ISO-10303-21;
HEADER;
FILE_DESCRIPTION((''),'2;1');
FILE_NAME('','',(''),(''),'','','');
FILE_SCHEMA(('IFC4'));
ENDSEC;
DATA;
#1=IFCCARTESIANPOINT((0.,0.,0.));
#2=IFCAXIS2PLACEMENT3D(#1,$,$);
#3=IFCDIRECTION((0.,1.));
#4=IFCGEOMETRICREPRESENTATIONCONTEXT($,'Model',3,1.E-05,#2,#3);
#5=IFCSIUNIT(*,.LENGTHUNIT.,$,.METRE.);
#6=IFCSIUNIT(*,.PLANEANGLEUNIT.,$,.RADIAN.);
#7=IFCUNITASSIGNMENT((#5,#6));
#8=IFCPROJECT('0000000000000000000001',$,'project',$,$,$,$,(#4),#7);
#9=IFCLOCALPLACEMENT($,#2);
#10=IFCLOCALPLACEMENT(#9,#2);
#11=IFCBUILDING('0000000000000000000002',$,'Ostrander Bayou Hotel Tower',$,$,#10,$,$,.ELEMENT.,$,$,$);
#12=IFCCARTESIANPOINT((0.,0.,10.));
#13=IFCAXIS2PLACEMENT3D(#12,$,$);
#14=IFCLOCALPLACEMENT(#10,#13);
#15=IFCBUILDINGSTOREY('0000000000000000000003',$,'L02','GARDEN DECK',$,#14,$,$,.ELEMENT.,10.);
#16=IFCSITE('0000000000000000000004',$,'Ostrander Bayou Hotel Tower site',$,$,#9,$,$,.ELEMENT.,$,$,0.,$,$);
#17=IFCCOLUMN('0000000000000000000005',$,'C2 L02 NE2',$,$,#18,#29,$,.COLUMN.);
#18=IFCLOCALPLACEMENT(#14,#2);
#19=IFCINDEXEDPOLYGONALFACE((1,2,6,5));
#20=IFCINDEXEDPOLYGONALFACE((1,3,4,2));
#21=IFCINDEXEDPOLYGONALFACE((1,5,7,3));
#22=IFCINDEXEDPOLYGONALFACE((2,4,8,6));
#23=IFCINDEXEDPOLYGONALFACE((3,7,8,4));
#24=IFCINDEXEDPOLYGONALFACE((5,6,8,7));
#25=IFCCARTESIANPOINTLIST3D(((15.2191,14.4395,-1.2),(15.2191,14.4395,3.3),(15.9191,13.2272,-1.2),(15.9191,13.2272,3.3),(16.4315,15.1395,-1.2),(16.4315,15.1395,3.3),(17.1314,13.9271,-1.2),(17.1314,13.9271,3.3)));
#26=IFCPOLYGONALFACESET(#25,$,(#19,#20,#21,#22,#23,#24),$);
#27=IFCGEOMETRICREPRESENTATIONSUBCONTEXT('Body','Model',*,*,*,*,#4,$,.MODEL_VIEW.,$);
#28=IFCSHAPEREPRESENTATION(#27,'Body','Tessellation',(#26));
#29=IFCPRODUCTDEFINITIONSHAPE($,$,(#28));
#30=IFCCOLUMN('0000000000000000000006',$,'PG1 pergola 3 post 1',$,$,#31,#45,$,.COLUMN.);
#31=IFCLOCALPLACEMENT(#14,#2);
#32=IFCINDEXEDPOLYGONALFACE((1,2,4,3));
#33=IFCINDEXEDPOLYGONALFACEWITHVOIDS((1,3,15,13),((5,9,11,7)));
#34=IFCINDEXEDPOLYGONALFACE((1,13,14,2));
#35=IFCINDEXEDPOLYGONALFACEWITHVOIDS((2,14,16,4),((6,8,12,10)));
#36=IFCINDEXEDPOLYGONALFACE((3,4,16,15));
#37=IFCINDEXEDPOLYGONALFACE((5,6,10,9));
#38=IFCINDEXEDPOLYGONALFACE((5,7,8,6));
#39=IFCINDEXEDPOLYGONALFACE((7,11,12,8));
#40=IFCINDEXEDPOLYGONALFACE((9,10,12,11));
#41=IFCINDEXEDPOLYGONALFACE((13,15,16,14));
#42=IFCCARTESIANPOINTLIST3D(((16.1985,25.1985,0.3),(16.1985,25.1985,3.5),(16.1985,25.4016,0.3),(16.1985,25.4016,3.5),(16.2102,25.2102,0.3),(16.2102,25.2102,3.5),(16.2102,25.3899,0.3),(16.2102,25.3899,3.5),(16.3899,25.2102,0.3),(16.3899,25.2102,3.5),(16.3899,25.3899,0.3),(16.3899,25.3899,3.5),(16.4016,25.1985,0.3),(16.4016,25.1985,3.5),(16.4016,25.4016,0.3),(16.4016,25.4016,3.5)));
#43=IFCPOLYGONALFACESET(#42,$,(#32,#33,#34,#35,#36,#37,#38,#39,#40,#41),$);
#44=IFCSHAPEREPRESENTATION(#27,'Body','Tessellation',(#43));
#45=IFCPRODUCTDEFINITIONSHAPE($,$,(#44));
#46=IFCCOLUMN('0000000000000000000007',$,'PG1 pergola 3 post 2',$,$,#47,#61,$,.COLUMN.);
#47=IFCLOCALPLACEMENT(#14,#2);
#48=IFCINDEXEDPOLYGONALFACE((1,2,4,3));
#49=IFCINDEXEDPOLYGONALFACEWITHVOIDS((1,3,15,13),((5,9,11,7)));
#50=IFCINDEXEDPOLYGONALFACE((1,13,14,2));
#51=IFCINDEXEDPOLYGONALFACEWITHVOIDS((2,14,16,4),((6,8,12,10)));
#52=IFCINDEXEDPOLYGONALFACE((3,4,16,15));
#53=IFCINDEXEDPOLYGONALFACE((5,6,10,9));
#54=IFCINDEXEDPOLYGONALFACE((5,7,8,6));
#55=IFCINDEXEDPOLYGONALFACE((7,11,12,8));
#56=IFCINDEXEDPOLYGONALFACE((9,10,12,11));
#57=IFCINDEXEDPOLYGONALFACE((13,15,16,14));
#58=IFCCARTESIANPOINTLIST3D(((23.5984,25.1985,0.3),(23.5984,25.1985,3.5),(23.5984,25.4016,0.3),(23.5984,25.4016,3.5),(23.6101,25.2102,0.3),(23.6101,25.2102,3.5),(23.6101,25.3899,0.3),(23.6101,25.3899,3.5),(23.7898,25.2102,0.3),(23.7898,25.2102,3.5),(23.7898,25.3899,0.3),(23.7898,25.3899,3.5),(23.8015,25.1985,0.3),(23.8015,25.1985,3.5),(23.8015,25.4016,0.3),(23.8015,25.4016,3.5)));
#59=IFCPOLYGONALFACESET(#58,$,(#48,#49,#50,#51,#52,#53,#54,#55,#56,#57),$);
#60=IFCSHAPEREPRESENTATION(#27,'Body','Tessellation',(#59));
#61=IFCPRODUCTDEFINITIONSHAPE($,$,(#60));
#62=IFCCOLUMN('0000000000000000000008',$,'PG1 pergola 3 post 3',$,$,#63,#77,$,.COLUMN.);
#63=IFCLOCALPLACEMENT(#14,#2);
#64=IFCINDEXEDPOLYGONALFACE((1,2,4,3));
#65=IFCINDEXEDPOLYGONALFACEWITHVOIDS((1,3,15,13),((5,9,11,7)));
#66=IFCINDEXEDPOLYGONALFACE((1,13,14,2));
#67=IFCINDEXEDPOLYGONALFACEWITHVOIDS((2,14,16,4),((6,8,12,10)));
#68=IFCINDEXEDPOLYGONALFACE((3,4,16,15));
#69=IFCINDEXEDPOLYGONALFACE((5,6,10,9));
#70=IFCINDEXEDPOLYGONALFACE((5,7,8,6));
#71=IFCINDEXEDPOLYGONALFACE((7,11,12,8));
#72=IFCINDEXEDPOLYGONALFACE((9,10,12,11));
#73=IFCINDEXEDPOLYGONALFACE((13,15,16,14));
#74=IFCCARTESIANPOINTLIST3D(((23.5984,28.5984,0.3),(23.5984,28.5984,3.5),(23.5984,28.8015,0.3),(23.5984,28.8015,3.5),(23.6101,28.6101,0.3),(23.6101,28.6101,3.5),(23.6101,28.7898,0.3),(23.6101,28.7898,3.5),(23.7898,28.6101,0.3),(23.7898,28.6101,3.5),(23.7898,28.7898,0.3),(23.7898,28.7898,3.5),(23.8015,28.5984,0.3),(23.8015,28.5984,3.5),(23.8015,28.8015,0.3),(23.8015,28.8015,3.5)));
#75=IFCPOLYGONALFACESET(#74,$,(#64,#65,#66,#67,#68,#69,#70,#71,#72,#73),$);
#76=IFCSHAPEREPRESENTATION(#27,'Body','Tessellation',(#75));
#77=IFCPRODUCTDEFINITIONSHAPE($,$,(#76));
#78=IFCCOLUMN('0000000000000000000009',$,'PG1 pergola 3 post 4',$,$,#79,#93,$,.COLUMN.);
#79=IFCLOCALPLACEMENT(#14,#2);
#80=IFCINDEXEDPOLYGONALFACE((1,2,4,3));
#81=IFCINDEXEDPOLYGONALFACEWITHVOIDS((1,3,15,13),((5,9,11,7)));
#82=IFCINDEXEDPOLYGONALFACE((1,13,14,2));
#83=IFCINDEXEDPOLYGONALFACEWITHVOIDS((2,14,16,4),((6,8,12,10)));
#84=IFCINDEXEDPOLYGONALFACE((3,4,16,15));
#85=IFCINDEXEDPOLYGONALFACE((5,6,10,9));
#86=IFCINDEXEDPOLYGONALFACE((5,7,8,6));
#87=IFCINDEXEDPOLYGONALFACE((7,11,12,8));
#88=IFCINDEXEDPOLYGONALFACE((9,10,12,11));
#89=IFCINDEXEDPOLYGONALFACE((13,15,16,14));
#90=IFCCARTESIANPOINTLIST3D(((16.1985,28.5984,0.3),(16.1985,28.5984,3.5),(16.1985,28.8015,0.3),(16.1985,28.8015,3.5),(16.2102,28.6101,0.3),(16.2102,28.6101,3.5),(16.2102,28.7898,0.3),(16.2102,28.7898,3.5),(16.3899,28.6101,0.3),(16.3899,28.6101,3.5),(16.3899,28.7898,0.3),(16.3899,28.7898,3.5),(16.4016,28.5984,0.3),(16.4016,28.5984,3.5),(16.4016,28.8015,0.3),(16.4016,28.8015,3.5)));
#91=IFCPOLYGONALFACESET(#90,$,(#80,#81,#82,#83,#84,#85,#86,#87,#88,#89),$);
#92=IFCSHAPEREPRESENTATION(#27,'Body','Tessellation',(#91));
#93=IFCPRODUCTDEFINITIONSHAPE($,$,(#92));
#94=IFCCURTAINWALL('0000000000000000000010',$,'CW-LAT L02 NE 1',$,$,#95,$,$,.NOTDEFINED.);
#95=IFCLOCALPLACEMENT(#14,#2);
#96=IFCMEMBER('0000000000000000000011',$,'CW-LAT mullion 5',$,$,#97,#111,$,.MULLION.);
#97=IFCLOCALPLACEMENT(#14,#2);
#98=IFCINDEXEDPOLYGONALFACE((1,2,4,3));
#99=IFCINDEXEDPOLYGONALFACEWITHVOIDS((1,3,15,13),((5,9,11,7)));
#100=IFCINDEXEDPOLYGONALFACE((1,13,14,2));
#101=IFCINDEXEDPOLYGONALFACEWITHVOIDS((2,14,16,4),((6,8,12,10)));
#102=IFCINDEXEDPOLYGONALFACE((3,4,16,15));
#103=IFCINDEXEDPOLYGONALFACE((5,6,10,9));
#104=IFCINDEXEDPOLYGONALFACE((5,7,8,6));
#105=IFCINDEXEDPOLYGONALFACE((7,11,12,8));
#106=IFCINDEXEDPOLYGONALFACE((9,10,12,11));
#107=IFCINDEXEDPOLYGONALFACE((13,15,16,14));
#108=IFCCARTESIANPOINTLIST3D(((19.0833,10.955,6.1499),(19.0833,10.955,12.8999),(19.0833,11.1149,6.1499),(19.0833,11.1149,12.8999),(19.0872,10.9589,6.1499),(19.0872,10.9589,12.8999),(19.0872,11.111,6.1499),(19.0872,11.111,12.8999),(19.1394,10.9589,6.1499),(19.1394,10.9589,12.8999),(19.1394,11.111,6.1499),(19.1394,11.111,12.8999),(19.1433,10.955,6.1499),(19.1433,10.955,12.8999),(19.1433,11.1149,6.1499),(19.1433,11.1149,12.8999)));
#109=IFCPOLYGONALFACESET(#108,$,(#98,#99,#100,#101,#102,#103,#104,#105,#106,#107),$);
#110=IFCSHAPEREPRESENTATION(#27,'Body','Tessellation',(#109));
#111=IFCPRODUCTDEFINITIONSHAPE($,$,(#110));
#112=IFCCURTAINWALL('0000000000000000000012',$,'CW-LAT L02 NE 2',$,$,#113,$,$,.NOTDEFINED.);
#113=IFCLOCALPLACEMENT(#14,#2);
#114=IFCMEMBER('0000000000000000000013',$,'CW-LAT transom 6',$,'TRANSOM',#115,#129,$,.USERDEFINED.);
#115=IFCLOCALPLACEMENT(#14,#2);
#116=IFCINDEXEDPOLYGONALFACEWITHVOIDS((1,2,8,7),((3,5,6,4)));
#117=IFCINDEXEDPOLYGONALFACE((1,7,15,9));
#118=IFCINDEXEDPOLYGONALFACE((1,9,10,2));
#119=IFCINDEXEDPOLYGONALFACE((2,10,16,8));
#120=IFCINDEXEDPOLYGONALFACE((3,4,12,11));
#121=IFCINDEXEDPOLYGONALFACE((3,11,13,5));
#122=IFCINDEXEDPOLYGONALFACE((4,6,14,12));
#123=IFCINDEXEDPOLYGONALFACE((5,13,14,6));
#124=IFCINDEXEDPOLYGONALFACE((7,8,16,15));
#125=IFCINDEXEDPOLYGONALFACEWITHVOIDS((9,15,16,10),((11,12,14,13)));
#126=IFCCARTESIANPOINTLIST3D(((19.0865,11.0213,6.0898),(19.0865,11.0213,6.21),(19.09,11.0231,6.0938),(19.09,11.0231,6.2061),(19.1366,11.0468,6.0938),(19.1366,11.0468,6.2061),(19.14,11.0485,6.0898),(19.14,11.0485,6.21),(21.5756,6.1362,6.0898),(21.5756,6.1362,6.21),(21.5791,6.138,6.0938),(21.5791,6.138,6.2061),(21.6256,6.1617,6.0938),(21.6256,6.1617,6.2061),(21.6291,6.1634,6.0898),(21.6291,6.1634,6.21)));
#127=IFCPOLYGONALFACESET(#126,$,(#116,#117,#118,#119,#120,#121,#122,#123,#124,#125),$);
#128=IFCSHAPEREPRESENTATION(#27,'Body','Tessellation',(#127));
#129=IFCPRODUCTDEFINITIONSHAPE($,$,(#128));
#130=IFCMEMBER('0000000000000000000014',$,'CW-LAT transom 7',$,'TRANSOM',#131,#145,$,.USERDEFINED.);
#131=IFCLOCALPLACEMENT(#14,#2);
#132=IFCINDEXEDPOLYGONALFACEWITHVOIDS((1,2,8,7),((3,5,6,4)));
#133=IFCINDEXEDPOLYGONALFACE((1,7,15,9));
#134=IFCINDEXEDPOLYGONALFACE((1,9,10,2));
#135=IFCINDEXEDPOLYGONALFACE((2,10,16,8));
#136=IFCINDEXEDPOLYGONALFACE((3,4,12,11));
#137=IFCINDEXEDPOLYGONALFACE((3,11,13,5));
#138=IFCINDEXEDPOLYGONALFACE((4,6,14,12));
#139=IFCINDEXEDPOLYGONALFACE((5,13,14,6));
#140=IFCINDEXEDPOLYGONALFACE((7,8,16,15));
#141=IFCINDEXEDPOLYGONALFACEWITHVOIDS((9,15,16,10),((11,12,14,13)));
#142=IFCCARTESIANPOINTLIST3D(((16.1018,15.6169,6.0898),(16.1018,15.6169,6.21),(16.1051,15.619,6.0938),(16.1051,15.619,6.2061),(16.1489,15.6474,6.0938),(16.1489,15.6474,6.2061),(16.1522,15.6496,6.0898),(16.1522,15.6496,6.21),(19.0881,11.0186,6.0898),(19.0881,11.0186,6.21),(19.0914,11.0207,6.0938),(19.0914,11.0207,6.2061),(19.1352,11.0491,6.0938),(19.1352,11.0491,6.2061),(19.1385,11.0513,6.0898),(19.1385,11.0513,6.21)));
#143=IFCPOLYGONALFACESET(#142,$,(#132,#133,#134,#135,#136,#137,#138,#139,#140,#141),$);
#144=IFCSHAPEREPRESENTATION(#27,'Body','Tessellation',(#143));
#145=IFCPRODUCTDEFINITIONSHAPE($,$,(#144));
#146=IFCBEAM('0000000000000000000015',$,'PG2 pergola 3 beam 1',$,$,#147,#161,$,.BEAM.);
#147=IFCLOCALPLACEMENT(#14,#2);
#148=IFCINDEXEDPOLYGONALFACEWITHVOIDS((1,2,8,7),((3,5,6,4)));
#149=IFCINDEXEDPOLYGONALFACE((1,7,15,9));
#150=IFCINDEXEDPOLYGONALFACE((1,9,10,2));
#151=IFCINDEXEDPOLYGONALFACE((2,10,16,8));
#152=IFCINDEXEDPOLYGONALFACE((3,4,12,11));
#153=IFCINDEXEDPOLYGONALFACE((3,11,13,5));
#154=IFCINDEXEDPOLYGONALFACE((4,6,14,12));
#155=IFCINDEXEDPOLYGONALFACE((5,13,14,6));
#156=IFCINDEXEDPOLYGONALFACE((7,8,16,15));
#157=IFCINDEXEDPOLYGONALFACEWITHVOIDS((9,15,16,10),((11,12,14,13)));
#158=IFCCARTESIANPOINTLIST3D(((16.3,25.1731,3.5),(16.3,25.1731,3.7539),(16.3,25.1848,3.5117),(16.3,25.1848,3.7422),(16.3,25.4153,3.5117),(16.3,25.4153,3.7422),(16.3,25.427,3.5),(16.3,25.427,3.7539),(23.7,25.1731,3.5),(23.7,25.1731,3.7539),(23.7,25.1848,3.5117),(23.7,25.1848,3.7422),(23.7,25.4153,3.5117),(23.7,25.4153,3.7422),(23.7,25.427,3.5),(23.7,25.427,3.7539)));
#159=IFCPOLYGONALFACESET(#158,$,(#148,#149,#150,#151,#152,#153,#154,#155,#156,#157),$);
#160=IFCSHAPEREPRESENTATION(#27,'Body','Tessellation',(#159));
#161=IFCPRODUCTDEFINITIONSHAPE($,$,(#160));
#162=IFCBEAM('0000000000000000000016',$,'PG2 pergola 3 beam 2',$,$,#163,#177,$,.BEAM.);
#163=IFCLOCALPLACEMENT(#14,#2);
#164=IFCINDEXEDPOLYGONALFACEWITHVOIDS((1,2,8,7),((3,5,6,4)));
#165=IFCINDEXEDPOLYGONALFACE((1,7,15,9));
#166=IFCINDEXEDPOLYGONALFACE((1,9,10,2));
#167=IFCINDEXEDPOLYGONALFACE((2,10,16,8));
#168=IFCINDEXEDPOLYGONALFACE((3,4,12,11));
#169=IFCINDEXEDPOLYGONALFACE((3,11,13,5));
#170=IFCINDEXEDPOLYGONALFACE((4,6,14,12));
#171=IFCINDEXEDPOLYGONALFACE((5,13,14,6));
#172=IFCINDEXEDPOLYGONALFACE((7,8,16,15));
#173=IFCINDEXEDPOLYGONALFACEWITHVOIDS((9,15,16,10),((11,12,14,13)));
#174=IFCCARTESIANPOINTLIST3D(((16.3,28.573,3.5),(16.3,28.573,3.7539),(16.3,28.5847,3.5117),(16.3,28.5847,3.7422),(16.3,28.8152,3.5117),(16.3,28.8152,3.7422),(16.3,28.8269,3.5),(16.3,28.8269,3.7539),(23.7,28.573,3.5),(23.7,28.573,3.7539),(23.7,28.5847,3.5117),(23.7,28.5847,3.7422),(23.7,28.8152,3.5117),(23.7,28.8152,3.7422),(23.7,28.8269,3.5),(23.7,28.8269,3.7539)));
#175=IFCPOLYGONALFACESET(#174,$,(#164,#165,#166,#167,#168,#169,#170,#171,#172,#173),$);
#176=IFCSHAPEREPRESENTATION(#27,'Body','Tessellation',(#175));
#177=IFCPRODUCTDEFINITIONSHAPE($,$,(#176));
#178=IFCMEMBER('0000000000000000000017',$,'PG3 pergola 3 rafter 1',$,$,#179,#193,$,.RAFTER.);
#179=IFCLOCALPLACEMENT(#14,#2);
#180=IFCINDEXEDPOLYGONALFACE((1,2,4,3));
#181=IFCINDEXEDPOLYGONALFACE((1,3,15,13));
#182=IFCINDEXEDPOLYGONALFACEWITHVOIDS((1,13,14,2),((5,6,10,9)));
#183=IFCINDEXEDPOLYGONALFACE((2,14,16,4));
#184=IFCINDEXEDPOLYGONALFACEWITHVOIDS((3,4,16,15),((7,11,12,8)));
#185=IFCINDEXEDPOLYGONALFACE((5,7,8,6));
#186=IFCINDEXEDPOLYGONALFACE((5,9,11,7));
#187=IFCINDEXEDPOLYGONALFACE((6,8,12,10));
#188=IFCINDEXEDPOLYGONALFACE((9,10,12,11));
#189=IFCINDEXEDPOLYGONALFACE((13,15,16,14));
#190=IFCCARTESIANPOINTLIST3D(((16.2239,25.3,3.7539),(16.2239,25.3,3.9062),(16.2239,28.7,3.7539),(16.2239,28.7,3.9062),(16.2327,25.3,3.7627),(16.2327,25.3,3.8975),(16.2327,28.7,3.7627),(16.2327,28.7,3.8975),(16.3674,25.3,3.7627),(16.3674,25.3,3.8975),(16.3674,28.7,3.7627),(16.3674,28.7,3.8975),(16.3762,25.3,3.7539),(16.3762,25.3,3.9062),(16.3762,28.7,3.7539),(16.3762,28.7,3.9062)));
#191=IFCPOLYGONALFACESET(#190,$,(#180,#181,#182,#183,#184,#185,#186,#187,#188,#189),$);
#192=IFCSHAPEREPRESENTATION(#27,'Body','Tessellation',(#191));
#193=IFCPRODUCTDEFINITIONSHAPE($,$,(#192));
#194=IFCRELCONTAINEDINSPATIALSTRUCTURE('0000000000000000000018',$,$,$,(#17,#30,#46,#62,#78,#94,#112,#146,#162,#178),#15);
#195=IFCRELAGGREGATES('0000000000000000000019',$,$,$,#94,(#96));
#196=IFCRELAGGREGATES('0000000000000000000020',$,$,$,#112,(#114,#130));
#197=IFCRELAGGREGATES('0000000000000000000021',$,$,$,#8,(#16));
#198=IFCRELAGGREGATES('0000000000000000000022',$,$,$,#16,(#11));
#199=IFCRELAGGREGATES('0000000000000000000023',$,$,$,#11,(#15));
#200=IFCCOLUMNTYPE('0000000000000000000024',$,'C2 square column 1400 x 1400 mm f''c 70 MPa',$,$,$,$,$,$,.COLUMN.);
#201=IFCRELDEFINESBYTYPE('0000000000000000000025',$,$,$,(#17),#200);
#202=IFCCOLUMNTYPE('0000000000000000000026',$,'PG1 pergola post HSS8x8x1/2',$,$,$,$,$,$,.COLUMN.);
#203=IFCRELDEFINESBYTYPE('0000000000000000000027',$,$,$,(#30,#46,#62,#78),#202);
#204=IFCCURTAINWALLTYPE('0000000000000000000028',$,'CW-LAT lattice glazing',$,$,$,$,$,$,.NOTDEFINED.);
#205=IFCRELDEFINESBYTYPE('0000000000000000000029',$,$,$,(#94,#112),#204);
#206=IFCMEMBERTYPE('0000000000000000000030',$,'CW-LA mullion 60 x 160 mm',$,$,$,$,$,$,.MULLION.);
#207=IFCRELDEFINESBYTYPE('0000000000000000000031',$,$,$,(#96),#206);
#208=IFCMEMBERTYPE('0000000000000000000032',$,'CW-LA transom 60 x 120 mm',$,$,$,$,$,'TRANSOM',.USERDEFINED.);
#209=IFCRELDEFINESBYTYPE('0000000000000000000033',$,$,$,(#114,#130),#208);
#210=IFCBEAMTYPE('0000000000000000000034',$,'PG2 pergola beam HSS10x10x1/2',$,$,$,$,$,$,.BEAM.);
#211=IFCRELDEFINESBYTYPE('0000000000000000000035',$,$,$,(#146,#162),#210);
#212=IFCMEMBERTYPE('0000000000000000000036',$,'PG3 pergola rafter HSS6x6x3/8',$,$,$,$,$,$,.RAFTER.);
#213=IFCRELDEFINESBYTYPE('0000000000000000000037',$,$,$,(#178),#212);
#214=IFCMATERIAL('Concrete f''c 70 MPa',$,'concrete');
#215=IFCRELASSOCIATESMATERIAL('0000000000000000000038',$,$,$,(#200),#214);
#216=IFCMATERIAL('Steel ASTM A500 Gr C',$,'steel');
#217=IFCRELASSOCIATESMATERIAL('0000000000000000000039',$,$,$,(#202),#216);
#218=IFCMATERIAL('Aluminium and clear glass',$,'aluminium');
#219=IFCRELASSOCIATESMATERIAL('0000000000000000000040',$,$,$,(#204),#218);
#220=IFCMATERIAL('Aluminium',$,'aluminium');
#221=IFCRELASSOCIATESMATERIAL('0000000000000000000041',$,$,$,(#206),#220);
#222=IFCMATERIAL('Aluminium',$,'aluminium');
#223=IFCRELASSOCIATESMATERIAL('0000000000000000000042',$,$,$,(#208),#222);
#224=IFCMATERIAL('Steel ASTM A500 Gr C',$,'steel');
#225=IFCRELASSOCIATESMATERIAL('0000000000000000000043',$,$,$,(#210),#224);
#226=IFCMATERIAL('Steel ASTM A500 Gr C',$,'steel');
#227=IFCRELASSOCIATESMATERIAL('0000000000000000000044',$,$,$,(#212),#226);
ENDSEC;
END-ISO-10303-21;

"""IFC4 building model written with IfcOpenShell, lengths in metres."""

from ifc_helpers import new_model, si_unit, direction, frame, origin, origin_2d, place, context, subcontext, project, spatial, rectangle, hollow_rectangle, extrude, material, material_profile, profile_set, type_object, element, aggregate, save


model = new_model("IFC4")

# Units and contexts
model_context = context("Model", 3, precision=1e-05, world=origin(), true_north=direction((0.0, 1.0)))
body_context = subcontext(model_context, "Body", "Model", "MODEL_VIEW")
ifc_project = project(units=[si_unit("LENGTHUNIT", "METRE"), si_unit("PLANEANGLEUNIT", "RADIAN")], contexts=[model_context])

# Site, building, storey
site_placement = place(None, origin())
site = spatial("IfcSite", under=ifc_project, at=site_placement, Name="Ostrander Bayou Hotel Tower site", CompositionType="ELEMENT", RefElevation=0.0)
building_placement = place(site_placement, origin())
building = spatial("IfcBuilding", under=site, at=building_placement, Name="Ostrander Bayou Hotel Tower", CompositionType="ELEMENT")
storey_placement = place(building_placement, frame((0.0, 0.0, 10.0)))
storey = spatial("IfcBuildingStorey", under=building, at=storey_placement, Name="L02", Description="GARDEN DECK", CompositionType="ELEMENT", Elevation=10.0)

# Columns
ifc_material_1 = material(Name="Concrete f'c 70 MPa", Category="concrete")
ifc_material_profile_1 = material_profile(ifc_material_1, rectangle(XDim=1.3999, YDim=1.3999, at=origin_2d()))
ifc_profile_set_1 = profile_set([ifc_material_profile_1], Name="Concrete f'c 70 MPa")
column_type_1 = type_object("IfcColumnType", Name="C2 square column 1400 x 1400 mm f'c 70 MPa", PredefinedType="COLUMN", material=ifc_profile_set_1)
column_placement = place(storey_placement, frame((16.1753, 14.1833, -1.2), z_axis=(0.0, 0.0, 1.0), x_axis=(0.5, -0.866025, 0.0)))
element("IfcColumn", 1, at=column_placement, inside=storey, type_object=column_type_1, Name="C2 L02 NE2", PredefinedType="COLUMN", context=body_context, shape_type="SweptSolid", body=[
    extrude(rectangle(XDim=1.3999, YDim=1.3999, at=origin_2d()), origin(), (0.0, 0.0, 1.0), 4.5),
])
ifc_material_2 = material(Name="Steel ASTM A500 Gr C", Category="steel")
ifc_material_profile_2 = material_profile(ifc_material_2, hollow_rectangle(XDim=0.2031, YDim=0.2031, WallThickness=0.0117, at=origin_2d()))
ifc_profile_set_2 = profile_set([ifc_material_profile_2], Name="Steel ASTM A500 Gr C")
column_type_2 = type_object("IfcColumnType", Name="PG1 pergola post HSS8x8x1/2", PredefinedType="COLUMN", material=ifc_profile_set_2)
for number, where, z_axis, x_axis, name in (
    (2, (16.3, 25.3, 0.3), (0.0, 0.0, 1.0), (1.0, 0.0, 0.0), "PG1 pergola 3 post 1"),
    (3, (23.7, 25.3, 0.3), (0.0, 0.0, 1.0), (1.0, 0.0, 0.0), "PG1 pergola 3 post 2"),
    (4, (23.7, 28.7, 0.3), (0.0, 0.0, 1.0), (1.0, 0.0, 0.0), "PG1 pergola 3 post 3"),
    (5, (16.3, 28.7, 0.3), (0.0, 0.0, 1.0), (1.0, 0.0, 0.0), "PG1 pergola 3 post 4"),
):
    element("IfcColumn", number, at=place(storey_placement, frame(where, z_axis=z_axis, x_axis=x_axis)), inside=storey, type_object=column_type_2, Name=name, PredefinedType="COLUMN", context=body_context, shape_type="SweptSolid", body=[
        extrude(hollow_rectangle(XDim=0.2031, YDim=0.2031, WallThickness=0.0117, at=origin_2d()), origin(), (0.0, 0.0, 1.0), 3.2),
    ])

# Curtain wall, member
ifc_material_3 = material(Name="Aluminium and clear glass", Category="aluminium")
curtain_wall_type = type_object("IfcCurtainWallType", Name="CW-LAT lattice glazing", PredefinedType="NOTDEFINED", material=ifc_material_3)
curtain_wall_1_placement = place(storey_placement, origin())
curtain_wall_1 = element("IfcCurtainWall", 6, at=curtain_wall_1_placement, inside=storey, type_object=curtain_wall_type, Name="CW-LAT L02 NE 1", PredefinedType="NOTDEFINED")
ifc_material_4 = material(Name="Aluminium", Category="aluminium")
ifc_material_profile_3 = material_profile(ifc_material_4, hollow_rectangle(XDim=0.0601, YDim=0.1599, WallThickness=0.0039, at=origin_2d()))
ifc_profile_set_3 = profile_set([ifc_material_profile_3], Name="Aluminium")
member_type_1 = type_object("IfcMemberType", Name="CW-LA mullion 60 x 160 mm", PredefinedType="MULLION", material=ifc_profile_set_3)
member_1_placement = place(storey_placement, frame((19.1133, 11.0349, 6.1499), z_axis=(0.0, 0.0, 1.0), x_axis=(1.0, 0.0, 0.0)))
member_1 = element("IfcMember", 7, at=member_1_placement, type_object=member_type_1, Name="CW-LAT mullion 5", PredefinedType="MULLION", context=body_context, shape_type="SweptSolid", body=[
    extrude(hollow_rectangle(XDim=0.0601, YDim=0.1599, WallThickness=0.0039, at=origin_2d()), origin(), (0.0, 0.0, 1.0), 6.75),
])
aggregate(curtain_wall_1, [member_1])

# Curtain wall, members
curtain_wall_2_placement = place(storey_placement, origin())
curtain_wall_2 = element("IfcCurtainWall", 8, at=curtain_wall_2_placement, inside=storey, type_object=curtain_wall_type, Name="CW-LAT L02 NE 2", PredefinedType="NOTDEFINED")
ifc_material_5 = material(Name="Aluminium", Category="aluminium")
ifc_material_profile_4 = material_profile(ifc_material_5, hollow_rectangle(XDim=0.0601, YDim=0.1201, WallThickness=0.0039, at=origin_2d()))
ifc_profile_set_4 = profile_set([ifc_material_profile_4], Name="Aluminium")
member_type_2 = type_object("IfcMemberType", Name="CW-LA transom 60 x 120 mm", ElementType="TRANSOM", PredefinedType="USERDEFINED", material=ifc_profile_set_4)
member_2_placement = place(storey_placement, frame((19.1133, 11.0349, 6.1499), z_axis=(0.453987, -0.891008, 0.0), x_axis=(0.891008, 0.453987, 0.0)))
member_2 = element("IfcMember", 9, at=member_2_placement, type_object=member_type_2, Name="CW-LAT transom 6", ObjectType="TRANSOM", PredefinedType="USERDEFINED", context=body_context, shape_type="SweptSolid", body=[
    extrude(hollow_rectangle(XDim=0.0601, YDim=0.1201, WallThickness=0.0039, at=origin_2d()), origin(), (0.0, 0.0, 1.0), 5.4827),
])
member_3_placement = place(storey_placement, frame((19.1133, 11.0349, 6.1499), z_axis=(-0.544652, 0.838662, 0.0), x_axis=(-0.838662, -0.544652, 0.0)))
member_3 = element("IfcMember", 10, at=member_3_placement, type_object=member_type_2, Name="CW-LAT transom 7", ObjectType="TRANSOM", PredefinedType="USERDEFINED", context=body_context, shape_type="SweptSolid", body=[
    extrude(hollow_rectangle(XDim=0.0601, YDim=0.1201, WallThickness=0.0039, at=origin_2d()), origin(), (0.0, 0.0, 1.0), 5.4829),
])

# Beams
ifc_material_6 = material(Name="Steel ASTM A500 Gr C", Category="steel")
ifc_material_profile_5 = material_profile(ifc_material_6, hollow_rectangle(XDim=0.2539, YDim=0.2539, WallThickness=0.0117, at=origin_2d()))
ifc_profile_set_5 = profile_set([ifc_material_profile_5], Name="Steel ASTM A500 Gr C")
beam_type = type_object("IfcBeamType", Name="PG2 pergola beam HSS10x10x1/2", PredefinedType="BEAM", material=ifc_profile_set_5)
for number, where, z_axis, x_axis, name in (
    (11, (16.3, 25.3, 3.627), (1.0, 0.0, 0.0), (0.0, 1.0, 0.0), "PG2 pergola 3 beam 1"),
    (12, (16.3, 28.7, 3.627), (1.0, 0.0, 0.0), (0.0, 1.0, 0.0), "PG2 pergola 3 beam 2"),
):
    element("IfcBeam", number, at=place(storey_placement, frame(where, z_axis=z_axis, x_axis=x_axis)), inside=storey, type_object=beam_type, Name=name, PredefinedType="BEAM", context=body_context, shape_type="SweptSolid", body=[
        extrude(hollow_rectangle(XDim=0.2539, YDim=0.2539, WallThickness=0.0117, at=origin_2d()), origin(), (0.0, 0.0, 1.0), 7.3999),
    ])

# Member
ifc_material_7 = material(Name="Steel ASTM A500 Gr C", Category="steel")
ifc_material_profile_6 = material_profile(ifc_material_7, hollow_rectangle(XDim=0.1523, YDim=0.1523, WallThickness=0.0088, at=origin_2d()))
ifc_profile_set_6 = profile_set([ifc_material_profile_6], Name="Steel ASTM A500 Gr C")
member_type_3 = type_object("IfcMemberType", Name="PG3 pergola rafter HSS6x6x3/8", PredefinedType="RAFTER", material=ifc_profile_set_6)
for number, where, z_axis, x_axis, name in (
    (13, (16.3, 25.3, 3.8301), (0.0, 1.0, 0.0), (-1.0, 0.0, 0.0), "PG3 pergola 3 rafter 1"),
):
    element("IfcMember", number, at=place(storey_placement, frame(where, z_axis=z_axis, x_axis=x_axis)), inside=storey, type_object=member_type_3, Name=name, PredefinedType="RAFTER", context=body_context, shape_type="SweptSolid", body=[
        extrude(hollow_rectangle(XDim=0.1523, YDim=0.1523, WallThickness=0.0088, at=origin_2d()), origin(), (0.0, 0.0, 1.0), 3.3999),
    ])

aggregate(curtain_wall_2, [member_2, member_3])

save(model, "model.ifc")
